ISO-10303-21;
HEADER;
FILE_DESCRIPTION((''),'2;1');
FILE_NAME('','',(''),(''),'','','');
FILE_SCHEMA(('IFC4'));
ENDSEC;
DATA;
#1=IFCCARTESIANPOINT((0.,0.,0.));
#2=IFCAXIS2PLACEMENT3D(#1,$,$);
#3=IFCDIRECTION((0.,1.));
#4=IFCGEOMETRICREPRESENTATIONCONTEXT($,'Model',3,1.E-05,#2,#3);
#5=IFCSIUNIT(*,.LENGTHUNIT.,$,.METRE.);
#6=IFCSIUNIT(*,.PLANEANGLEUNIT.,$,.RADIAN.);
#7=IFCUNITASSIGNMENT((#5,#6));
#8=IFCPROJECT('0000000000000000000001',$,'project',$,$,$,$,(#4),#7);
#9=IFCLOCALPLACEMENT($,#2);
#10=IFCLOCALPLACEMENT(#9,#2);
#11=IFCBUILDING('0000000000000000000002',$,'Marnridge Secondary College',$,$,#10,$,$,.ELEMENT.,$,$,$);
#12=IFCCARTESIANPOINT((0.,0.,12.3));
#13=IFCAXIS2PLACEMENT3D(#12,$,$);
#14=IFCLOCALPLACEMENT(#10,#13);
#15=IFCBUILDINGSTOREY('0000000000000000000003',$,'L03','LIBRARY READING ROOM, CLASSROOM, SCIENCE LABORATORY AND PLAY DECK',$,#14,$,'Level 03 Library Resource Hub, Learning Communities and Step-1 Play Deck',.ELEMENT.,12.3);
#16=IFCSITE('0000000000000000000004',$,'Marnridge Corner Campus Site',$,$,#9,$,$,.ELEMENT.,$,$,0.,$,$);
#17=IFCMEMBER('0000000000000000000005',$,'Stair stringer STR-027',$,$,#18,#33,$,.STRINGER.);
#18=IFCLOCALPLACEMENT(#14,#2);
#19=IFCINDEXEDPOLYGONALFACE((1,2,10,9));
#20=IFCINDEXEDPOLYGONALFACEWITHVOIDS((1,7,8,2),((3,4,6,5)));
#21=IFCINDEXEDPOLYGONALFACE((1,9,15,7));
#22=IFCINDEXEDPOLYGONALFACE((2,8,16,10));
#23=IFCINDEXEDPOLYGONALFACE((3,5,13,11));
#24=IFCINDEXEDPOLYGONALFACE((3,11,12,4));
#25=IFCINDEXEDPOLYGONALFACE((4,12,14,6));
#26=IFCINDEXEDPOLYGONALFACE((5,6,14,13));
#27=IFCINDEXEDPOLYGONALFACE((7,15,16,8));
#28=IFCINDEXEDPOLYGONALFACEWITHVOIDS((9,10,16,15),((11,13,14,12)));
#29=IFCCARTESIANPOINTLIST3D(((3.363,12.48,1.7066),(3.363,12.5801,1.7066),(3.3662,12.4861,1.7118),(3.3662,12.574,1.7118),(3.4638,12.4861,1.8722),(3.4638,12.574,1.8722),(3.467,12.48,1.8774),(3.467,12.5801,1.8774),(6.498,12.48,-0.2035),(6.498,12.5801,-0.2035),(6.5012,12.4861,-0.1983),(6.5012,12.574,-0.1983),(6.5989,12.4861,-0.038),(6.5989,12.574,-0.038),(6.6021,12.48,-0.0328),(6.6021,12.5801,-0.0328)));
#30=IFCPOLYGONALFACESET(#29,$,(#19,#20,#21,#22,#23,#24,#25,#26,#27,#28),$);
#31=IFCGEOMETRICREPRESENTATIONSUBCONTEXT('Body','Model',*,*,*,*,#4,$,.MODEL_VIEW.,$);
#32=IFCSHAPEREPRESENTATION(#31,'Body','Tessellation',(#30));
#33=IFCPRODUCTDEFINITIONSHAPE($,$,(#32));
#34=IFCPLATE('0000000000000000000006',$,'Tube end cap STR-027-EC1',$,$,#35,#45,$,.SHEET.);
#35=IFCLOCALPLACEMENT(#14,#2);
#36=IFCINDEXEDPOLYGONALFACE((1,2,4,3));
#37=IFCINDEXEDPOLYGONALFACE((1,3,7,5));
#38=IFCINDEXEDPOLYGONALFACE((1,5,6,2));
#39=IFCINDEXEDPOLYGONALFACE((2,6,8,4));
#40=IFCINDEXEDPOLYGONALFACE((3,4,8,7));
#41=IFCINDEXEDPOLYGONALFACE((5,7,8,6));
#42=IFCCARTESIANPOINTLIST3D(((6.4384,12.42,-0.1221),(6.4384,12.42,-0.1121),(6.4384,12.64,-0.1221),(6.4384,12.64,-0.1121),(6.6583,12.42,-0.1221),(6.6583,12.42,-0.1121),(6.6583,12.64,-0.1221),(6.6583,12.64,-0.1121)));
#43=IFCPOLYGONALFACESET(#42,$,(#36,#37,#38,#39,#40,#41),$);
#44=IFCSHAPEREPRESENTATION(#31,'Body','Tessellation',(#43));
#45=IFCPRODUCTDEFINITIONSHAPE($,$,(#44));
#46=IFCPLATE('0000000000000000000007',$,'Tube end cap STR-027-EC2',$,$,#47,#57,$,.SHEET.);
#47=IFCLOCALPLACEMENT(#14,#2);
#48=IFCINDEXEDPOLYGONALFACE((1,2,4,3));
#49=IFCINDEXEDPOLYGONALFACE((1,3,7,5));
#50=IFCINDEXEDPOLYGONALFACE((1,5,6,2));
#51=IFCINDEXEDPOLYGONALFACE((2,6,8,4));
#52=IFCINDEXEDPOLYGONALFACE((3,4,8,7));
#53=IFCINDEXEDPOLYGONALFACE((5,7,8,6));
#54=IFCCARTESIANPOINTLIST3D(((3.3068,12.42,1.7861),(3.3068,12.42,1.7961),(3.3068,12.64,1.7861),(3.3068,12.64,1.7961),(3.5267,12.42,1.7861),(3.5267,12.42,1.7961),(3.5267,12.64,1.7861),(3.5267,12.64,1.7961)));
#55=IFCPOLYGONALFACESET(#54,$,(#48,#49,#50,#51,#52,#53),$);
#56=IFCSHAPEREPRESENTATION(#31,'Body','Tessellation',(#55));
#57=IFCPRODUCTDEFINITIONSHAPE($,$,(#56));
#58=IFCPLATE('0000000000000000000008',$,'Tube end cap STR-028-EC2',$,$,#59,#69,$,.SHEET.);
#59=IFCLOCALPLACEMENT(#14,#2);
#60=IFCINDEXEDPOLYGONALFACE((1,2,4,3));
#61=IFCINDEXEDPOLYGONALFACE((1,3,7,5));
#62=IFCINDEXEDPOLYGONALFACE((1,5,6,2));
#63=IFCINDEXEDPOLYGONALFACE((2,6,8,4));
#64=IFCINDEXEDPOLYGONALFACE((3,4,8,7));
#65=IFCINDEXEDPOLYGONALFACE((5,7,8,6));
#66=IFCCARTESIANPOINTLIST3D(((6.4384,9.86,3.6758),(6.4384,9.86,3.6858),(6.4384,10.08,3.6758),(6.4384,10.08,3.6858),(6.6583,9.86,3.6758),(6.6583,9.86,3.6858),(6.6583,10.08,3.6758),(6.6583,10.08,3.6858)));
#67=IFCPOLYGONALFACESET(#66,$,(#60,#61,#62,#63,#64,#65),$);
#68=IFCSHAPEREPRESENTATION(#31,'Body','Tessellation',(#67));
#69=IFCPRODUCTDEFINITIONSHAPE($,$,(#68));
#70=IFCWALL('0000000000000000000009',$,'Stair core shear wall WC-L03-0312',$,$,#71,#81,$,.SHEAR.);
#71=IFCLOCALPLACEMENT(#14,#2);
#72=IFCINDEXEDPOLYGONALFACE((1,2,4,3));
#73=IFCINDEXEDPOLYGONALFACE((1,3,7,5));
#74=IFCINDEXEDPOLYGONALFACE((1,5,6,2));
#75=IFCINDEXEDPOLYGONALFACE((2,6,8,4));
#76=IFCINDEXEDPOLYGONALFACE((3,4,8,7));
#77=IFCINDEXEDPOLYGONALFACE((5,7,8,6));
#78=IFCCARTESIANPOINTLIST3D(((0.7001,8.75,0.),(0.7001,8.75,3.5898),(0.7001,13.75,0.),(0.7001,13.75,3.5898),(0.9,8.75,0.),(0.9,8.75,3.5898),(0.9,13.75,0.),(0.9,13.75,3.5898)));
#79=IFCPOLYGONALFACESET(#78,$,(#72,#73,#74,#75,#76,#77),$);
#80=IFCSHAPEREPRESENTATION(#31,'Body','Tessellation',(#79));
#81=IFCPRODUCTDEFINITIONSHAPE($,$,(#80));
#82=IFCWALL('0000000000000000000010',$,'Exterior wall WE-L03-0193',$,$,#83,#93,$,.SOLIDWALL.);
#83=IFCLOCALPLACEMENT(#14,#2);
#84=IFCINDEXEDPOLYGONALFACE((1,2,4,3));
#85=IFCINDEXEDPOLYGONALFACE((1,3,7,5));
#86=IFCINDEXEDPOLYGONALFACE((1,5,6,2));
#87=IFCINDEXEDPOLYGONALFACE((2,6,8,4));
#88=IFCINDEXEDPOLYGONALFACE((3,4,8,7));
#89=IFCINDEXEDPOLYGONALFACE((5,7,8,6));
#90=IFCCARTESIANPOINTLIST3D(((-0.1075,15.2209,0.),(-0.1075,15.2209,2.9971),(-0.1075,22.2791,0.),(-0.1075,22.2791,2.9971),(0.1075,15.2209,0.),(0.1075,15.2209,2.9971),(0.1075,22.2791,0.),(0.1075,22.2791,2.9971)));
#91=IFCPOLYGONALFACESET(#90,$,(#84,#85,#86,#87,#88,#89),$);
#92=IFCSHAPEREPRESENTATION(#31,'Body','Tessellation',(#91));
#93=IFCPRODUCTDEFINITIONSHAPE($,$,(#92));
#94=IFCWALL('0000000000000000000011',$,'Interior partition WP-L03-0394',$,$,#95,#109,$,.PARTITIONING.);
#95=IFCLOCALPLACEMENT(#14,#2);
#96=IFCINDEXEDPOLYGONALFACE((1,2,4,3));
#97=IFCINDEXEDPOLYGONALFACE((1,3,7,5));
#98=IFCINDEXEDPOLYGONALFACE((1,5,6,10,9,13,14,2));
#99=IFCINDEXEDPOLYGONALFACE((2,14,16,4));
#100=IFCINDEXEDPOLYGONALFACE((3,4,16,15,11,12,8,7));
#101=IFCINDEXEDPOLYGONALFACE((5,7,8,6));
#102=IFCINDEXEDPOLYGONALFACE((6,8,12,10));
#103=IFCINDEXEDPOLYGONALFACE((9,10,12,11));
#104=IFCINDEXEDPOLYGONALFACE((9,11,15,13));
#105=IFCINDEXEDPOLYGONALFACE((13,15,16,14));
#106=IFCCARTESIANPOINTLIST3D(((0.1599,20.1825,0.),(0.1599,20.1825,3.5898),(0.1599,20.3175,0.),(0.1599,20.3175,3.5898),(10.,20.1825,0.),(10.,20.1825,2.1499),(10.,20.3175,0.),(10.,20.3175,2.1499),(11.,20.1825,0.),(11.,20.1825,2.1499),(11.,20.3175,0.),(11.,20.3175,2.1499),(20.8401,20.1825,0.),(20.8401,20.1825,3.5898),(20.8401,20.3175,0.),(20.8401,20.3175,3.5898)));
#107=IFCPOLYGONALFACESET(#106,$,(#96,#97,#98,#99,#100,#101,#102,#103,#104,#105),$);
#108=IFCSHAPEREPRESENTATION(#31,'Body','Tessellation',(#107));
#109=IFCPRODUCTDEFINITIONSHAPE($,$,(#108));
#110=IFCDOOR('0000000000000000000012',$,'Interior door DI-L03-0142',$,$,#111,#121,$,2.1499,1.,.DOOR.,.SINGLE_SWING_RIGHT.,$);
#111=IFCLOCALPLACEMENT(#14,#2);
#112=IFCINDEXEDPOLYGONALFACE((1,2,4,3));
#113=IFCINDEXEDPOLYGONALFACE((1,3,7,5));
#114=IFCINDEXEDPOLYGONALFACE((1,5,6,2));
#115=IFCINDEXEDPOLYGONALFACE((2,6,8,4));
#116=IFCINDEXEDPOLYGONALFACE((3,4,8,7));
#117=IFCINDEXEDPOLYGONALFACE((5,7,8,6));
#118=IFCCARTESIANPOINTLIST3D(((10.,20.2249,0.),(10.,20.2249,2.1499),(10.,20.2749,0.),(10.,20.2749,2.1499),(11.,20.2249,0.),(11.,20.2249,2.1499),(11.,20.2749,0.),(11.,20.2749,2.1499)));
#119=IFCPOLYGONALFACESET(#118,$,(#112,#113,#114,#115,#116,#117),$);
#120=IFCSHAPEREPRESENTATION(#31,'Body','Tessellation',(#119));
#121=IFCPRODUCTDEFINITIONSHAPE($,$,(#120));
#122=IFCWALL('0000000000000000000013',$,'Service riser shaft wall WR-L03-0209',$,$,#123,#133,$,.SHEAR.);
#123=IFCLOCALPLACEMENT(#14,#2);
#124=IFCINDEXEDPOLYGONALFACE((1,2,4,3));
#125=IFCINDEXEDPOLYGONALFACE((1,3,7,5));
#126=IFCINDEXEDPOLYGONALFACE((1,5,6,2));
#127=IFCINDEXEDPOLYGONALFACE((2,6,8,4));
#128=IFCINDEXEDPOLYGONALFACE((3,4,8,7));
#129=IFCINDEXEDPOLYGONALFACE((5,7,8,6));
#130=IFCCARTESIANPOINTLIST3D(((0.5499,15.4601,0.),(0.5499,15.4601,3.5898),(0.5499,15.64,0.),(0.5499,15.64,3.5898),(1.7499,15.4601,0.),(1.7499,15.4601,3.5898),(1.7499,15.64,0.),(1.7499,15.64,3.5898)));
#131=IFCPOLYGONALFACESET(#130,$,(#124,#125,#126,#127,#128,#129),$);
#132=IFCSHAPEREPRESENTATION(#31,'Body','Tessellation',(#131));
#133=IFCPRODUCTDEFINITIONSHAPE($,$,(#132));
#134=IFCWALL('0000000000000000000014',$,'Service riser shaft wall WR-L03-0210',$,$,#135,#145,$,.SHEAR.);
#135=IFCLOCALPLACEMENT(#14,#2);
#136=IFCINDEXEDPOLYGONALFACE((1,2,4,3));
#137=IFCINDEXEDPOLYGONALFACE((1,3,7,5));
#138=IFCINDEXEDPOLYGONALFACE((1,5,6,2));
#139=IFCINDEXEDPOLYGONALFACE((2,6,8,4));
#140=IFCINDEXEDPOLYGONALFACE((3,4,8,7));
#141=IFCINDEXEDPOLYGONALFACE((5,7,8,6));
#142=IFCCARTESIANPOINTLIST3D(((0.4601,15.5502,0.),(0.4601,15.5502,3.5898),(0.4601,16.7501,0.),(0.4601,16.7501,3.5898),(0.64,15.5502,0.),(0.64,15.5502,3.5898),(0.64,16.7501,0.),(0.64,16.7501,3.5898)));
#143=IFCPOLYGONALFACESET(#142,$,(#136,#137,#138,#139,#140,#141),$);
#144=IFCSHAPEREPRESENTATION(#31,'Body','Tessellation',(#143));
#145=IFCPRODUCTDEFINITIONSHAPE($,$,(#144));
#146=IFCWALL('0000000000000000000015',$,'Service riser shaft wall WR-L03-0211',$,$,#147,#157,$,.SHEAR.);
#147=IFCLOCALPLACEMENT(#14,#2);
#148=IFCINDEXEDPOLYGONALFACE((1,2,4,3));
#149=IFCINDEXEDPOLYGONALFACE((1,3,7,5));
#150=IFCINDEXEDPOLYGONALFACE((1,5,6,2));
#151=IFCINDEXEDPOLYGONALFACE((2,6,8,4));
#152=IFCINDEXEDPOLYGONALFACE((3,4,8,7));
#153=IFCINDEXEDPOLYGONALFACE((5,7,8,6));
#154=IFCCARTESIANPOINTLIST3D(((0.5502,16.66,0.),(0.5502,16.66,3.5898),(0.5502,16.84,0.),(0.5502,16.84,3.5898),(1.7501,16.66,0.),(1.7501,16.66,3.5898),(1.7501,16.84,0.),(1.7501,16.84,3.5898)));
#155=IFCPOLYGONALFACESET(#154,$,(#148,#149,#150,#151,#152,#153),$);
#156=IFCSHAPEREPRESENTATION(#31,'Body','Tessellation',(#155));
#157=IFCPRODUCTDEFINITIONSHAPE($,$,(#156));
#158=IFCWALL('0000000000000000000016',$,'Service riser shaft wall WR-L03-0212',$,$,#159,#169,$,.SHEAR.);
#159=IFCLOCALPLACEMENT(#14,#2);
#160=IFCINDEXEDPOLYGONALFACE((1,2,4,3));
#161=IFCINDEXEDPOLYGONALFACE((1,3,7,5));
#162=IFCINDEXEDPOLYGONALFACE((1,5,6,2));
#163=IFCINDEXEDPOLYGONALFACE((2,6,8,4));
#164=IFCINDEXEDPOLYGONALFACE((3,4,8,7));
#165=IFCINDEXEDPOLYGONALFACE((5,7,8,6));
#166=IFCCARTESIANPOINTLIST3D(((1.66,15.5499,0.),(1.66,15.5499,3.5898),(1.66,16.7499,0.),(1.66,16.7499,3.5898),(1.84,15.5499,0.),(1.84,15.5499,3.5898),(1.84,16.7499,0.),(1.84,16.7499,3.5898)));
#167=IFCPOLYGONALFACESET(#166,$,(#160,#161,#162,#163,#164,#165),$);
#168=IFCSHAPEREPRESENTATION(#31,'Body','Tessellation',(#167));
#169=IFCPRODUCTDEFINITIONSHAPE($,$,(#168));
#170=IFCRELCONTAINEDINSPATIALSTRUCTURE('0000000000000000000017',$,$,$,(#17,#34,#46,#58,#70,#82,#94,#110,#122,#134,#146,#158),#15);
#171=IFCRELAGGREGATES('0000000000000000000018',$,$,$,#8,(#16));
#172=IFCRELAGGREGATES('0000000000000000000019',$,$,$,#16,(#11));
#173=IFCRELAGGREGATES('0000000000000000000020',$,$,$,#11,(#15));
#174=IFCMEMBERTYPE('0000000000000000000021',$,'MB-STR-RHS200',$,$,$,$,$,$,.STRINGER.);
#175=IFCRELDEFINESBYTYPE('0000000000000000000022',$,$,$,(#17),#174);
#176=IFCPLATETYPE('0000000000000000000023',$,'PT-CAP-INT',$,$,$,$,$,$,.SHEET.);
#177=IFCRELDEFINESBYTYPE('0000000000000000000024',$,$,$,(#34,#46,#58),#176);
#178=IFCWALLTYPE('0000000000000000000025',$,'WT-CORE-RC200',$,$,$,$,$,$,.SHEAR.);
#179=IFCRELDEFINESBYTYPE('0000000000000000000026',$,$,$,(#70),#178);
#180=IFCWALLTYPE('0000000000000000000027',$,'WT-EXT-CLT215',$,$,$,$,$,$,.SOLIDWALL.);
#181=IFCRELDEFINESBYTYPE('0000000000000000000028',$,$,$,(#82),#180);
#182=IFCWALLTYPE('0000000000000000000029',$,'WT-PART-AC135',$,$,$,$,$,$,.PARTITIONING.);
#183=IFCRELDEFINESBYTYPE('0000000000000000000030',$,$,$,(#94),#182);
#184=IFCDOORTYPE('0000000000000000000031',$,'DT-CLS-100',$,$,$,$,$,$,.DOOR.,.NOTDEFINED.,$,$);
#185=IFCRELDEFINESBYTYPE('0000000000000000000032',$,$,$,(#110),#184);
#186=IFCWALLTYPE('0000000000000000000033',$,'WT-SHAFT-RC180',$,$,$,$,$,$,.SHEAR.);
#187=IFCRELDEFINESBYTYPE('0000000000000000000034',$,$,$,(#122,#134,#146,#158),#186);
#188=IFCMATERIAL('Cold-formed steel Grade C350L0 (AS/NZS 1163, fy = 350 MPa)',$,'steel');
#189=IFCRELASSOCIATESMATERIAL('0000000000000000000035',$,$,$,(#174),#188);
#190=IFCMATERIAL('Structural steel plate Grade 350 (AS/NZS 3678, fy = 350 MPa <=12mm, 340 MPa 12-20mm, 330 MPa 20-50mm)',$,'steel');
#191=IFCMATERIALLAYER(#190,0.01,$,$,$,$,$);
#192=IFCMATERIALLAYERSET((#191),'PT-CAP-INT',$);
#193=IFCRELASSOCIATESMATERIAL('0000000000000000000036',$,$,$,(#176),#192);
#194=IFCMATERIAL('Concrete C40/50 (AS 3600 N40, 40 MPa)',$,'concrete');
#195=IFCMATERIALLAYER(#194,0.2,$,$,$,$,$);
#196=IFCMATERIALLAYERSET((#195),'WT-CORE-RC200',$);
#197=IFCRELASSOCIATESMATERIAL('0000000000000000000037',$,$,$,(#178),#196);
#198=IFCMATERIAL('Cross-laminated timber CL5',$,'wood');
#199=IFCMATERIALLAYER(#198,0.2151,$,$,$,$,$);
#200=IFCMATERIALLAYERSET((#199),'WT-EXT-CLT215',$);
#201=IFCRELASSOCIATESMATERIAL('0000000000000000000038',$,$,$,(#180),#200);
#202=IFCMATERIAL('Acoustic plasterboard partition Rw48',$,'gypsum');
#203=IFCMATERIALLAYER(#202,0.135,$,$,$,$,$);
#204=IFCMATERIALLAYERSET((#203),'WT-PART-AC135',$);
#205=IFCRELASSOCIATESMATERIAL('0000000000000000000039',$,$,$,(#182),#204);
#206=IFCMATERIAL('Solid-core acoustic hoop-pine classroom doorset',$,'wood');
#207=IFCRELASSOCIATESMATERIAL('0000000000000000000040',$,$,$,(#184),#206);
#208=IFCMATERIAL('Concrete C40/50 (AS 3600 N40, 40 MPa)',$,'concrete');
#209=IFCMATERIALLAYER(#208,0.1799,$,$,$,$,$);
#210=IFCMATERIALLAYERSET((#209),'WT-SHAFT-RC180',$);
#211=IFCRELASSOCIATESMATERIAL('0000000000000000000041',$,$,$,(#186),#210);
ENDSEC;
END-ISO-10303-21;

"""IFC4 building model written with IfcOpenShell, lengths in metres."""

from ifc_helpers import new_model, si_unit, direction, frame, frame_2d, origin, origin_2d, place, context, subcontext, project, spatial, rectangle, hollow_rectangle, extrude, material, layer, layer_set, material_profile, profile_set, type_object, element, fill, save


model = new_model("IFC4")

# Units and contexts
model_context = context("Model", 3, precision=1e-05, world=origin(), true_north=direction((0.0, 1.0)))
body_context = subcontext(model_context, "Body", "Model", "MODEL_VIEW")
ifc_project = project(units=[si_unit("LENGTHUNIT", "METRE"), si_unit("PLANEANGLEUNIT", "RADIAN")], contexts=[model_context])

# Site, building, storey
site_placement = place(None, origin())
site = spatial("IfcSite", under=ifc_project, at=site_placement, Name="Marnridge Corner Campus Site", CompositionType="ELEMENT", RefElevation=0.0)
building_placement = place(site_placement, origin())
building = spatial("IfcBuilding", under=site, at=building_placement, Name="Marnridge Secondary College", CompositionType="ELEMENT")
storey_placement = place(building_placement, frame((0.0, 0.0, 12.3)))
storey = spatial("IfcBuildingStorey", under=building, at=storey_placement, Name="L03", Description="LIBRARY READING ROOM, CLASSROOM, SCIENCE LABORATORY AND PLAY DECK", LongName="Level 03 Library Resource Hub, Learning Communities and Step-1 Play Deck", CompositionType="ELEMENT", Elevation=12.3)

# Member
ifc_material_1 = material(Name="Cold-formed steel Grade C350L0 (AS/NZS 1163, fy = 350 MPa)", Category="steel")
ifc_material_profile_1 = material_profile(ifc_material_1, hollow_rectangle(XDim=0.1001, YDim=0.2, WallThickness=0.0061, at=origin_2d()), Name="200x100x6.0RHS")
ifc_profile_set_1 = profile_set([ifc_material_profile_1], Name="Cold-formed steel Grade C350L0 (AS/NZS 1163, fy = 350 MPa)")
member_type = type_object("IfcMemberType", Name="MB-STR-RHS200", PredefinedType="STRINGER", material=ifc_profile_set_1)
member_placement = place(storey_placement, frame((6.55, 12.53, -0.1182), z_axis=(-0.85397, 0.0, 0.520322), x_axis=(0.0, -1.0, 0.0)))
element("IfcMember", 1, at=member_placement, inside=storey, type_object=member_type, Name="Stair stringer STR-027", PredefinedType="STRINGER", context=body_context, shape_type="SweptSolid", body=[
    extrude(hollow_rectangle(XDim=0.1001, YDim=0.2, WallThickness=0.0061, at=origin_2d()), origin(), (0.0, 0.0, 1.0), 3.6711),
])

# Plates
ifc_material_2 = material(Name="Structural steel plate Grade 350 (AS/NZS 3678, fy = 350 MPa <=12mm, 340 MPa 12-20mm, 330 MPa 20-50mm)", Category="steel")
ifc_layer_1 = layer(ifc_material_2, 0.01)
ifc_layer_set_1 = layer_set([ifc_layer_1], Name="PT-CAP-INT")
plate_type = type_object("IfcPlateType", Name="PT-CAP-INT", PredefinedType="SHEET", material=ifc_layer_set_1)
for number, where, z_axis, x_axis, name in (
    (2, (6.5483, 12.53, -0.1221), (0.0, 0.0, 1.0), (-1.0, 0.0, 0.0), "Tube end cap STR-027-EC1"),
    (3, (3.4167, 12.53, 1.7861), (0.0, 0.0, 1.0), (-1.0, 0.0, 0.0), "Tube end cap STR-027-EC2"),
    (4, (6.5483, 9.97, 3.6758), (0.0, 0.0, 1.0), (1.0, 0.0, 0.0), "Tube end cap STR-028-EC2"),
):
    element("IfcPlate", number, at=place(storey_placement, frame(where, z_axis=z_axis, x_axis=x_axis)), inside=storey, type_object=plate_type, Name=name, PredefinedType="SHEET", context=body_context, shape_type="SweptSolid", body=[
        extrude(rectangle(XDim=0.22, YDim=0.22, at=origin_2d()), origin(), (0.0, 0.0, 1.0), 0.01),
    ])

# Walls
ifc_material_3 = material(Name="Concrete C40/50 (AS 3600 N40, 40 MPa)", Category="concrete")
ifc_layer_2 = layer(ifc_material_3, 0.2)
ifc_layer_set_2 = layer_set([ifc_layer_2], Name="WT-CORE-RC200")
wall_type_1 = type_object("IfcWallType", Name="WT-CORE-RC200", PredefinedType="SHEAR", material=ifc_layer_set_2)
wall_1_placement = place(storey_placement, frame((0.8, 13.75, 0.0), z_axis=(0.0, 0.0, 1.0), x_axis=(0.0, -1.0, 0.0)))
element("IfcWall", 5, at=wall_1_placement, inside=storey, type_object=wall_type_1, Name="Stair core shear wall WC-L03-0312", PredefinedType="SHEAR", context=body_context, shape_type="SweptSolid", body=[
    extrude(rectangle(XDim=5.0, YDim=0.2, at=frame_2d((2.5, 0.0))), origin(), (0.0, 0.0, 1.0), 3.5898),
])
ifc_material_4 = material(Name="Cross-laminated timber CL5", Category="wood")
ifc_layer_3 = layer(ifc_material_4, 0.2151)
ifc_layer_set_3 = layer_set([ifc_layer_3], Name="WT-EXT-CLT215")
wall_type_2 = type_object("IfcWallType", Name="WT-EXT-CLT215", PredefinedType="SOLIDWALL", material=ifc_layer_set_3)
wall_2_placement = place(storey_placement, frame((0.0, 15.2209, 0.0), z_axis=(0.0, 0.0, 1.0), x_axis=(0.0, 1.0, 0.0)))
element("IfcWall", 6, at=wall_2_placement, inside=storey, type_object=wall_type_2, Name="Exterior wall WE-L03-0193", PredefinedType="SOLIDWALL", context=body_context, shape_type="SweptSolid", body=[
    extrude(rectangle(XDim=7.0581, YDim=0.2151, at=frame_2d((3.5291, 0.0))), origin(), (0.0, 0.0, 1.0), 2.9971),
])

# Wall, opening, door
ifc_material_5 = material(Name="Acoustic plasterboard partition Rw48", Category="gypsum")
ifc_layer_4 = layer(ifc_material_5, 0.135)
ifc_layer_set_4 = layer_set([ifc_layer_4], Name="WT-PART-AC135")
wall_type_3 = type_object("IfcWallType", Name="WT-PART-AC135", PredefinedType="PARTITIONING", material=ifc_layer_set_4)
wall_3_placement = place(storey_placement, frame((0.1599, 20.25, 0.0), z_axis=(0.0, 0.0, 1.0), x_axis=(1.0, 0.0, 0.0)))
wall_3 = element("IfcWall", 7, at=wall_3_placement, inside=storey, type_object=wall_type_3, Name="Interior partition WP-L03-0394", PredefinedType="PARTITIONING", context=body_context, shape_type="SweptSolid", body=[
    extrude(rectangle(XDim=20.6802, YDim=0.135, at=frame_2d((10.3401, 0.0))), origin(), (0.0, 0.0, 1.0), 3.5898),
])
opening_placement = place(wall_3_placement, frame((9.8401, 0.0, 0.0)))
opening = element("IfcOpeningElement", 8, at=opening_placement, cuts=wall_3, PredefinedType="OPENING", context=body_context, shape_type="SweptSolid", body=[
    extrude(rectangle(XDim=1.0, YDim=2.1499, at=frame_2d((0.5, 1.075))), frame((0.0, 0.0774, 0.0), z_axis=(0.0, -1.0, 0.0), x_axis=(1.0, 0.0, 0.0)), (0.0, 0.0, 1.0), 0.155),
])
ifc_material_6 = material(Name="Solid-core acoustic hoop-pine classroom doorset", Category="wood")
door_type = type_object("IfcDoorType", Name="DT-CLS-100", OperationType="NOTDEFINED", PredefinedType="DOOR", material=ifc_material_6)
door_placement = place(opening_placement, origin())
door = element("IfcDoor", 9, at=door_placement, inside=storey, type_object=door_type, Name="Interior door DI-L03-0142", OperationType="SINGLE_SWING_RIGHT", OverallHeight=2.1499, OverallWidth=1.0, PredefinedType="DOOR", context=body_context, shape_type="SweptSolid", body=[
    extrude(rectangle(XDim=1.0, YDim=2.1499, at=frame_2d((0.5, 1.075))), frame((0.0, 0.0249, 0.0), z_axis=(0.0, -1.0, 0.0), x_axis=(1.0, 0.0, 0.0)), (0.0, 0.0, 1.0), 0.05),
])
fill(opening, door)

# Walls
ifc_material_7 = material(Name="Concrete C40/50 (AS 3600 N40, 40 MPa)", Category="concrete")
ifc_layer_5 = layer(ifc_material_7, 0.1799)
ifc_layer_set_5 = layer_set([ifc_layer_5], Name="WT-SHAFT-RC180")
wall_type_4 = type_object("IfcWallType", Name="WT-SHAFT-RC180", PredefinedType="SHEAR", material=ifc_layer_set_5)
for number, where, z_axis, x_axis, name in (
    (10, (1.75, 15.55, 0.0), (0.0, 0.0, 1.0), (-1.0, 0.0, 0.0), "Service riser shaft wall WR-L03-0209"),
    (11, (0.55, 15.55, 0.0), (0.0, 0.0, 1.0), (0.0, 1.0, 0.0), "Service riser shaft wall WR-L03-0210"),
    (12, (0.55, 16.75, 0.0), (0.0, 0.0, 1.0), (1.0, 0.0, 0.0), "Service riser shaft wall WR-L03-0211"),
    (13, (1.75, 16.75, 0.0), (0.0, 0.0, 1.0), (0.0, -1.0, 0.0), "Service riser shaft wall WR-L03-0212"),
):
    element("IfcWall", number, at=place(storey_placement, frame(where, z_axis=z_axis, x_axis=x_axis)), inside=storey, type_object=wall_type_4, Name=name, PredefinedType="SHEAR", context=body_context, shape_type="SweptSolid", body=[
        extrude(rectangle(XDim=1.2, YDim=0.1799, at=frame_2d((0.6001, 0.0))), origin(), (0.0, 0.0, 1.0), 3.5898),
    ])

save(model, "model.ifc")
